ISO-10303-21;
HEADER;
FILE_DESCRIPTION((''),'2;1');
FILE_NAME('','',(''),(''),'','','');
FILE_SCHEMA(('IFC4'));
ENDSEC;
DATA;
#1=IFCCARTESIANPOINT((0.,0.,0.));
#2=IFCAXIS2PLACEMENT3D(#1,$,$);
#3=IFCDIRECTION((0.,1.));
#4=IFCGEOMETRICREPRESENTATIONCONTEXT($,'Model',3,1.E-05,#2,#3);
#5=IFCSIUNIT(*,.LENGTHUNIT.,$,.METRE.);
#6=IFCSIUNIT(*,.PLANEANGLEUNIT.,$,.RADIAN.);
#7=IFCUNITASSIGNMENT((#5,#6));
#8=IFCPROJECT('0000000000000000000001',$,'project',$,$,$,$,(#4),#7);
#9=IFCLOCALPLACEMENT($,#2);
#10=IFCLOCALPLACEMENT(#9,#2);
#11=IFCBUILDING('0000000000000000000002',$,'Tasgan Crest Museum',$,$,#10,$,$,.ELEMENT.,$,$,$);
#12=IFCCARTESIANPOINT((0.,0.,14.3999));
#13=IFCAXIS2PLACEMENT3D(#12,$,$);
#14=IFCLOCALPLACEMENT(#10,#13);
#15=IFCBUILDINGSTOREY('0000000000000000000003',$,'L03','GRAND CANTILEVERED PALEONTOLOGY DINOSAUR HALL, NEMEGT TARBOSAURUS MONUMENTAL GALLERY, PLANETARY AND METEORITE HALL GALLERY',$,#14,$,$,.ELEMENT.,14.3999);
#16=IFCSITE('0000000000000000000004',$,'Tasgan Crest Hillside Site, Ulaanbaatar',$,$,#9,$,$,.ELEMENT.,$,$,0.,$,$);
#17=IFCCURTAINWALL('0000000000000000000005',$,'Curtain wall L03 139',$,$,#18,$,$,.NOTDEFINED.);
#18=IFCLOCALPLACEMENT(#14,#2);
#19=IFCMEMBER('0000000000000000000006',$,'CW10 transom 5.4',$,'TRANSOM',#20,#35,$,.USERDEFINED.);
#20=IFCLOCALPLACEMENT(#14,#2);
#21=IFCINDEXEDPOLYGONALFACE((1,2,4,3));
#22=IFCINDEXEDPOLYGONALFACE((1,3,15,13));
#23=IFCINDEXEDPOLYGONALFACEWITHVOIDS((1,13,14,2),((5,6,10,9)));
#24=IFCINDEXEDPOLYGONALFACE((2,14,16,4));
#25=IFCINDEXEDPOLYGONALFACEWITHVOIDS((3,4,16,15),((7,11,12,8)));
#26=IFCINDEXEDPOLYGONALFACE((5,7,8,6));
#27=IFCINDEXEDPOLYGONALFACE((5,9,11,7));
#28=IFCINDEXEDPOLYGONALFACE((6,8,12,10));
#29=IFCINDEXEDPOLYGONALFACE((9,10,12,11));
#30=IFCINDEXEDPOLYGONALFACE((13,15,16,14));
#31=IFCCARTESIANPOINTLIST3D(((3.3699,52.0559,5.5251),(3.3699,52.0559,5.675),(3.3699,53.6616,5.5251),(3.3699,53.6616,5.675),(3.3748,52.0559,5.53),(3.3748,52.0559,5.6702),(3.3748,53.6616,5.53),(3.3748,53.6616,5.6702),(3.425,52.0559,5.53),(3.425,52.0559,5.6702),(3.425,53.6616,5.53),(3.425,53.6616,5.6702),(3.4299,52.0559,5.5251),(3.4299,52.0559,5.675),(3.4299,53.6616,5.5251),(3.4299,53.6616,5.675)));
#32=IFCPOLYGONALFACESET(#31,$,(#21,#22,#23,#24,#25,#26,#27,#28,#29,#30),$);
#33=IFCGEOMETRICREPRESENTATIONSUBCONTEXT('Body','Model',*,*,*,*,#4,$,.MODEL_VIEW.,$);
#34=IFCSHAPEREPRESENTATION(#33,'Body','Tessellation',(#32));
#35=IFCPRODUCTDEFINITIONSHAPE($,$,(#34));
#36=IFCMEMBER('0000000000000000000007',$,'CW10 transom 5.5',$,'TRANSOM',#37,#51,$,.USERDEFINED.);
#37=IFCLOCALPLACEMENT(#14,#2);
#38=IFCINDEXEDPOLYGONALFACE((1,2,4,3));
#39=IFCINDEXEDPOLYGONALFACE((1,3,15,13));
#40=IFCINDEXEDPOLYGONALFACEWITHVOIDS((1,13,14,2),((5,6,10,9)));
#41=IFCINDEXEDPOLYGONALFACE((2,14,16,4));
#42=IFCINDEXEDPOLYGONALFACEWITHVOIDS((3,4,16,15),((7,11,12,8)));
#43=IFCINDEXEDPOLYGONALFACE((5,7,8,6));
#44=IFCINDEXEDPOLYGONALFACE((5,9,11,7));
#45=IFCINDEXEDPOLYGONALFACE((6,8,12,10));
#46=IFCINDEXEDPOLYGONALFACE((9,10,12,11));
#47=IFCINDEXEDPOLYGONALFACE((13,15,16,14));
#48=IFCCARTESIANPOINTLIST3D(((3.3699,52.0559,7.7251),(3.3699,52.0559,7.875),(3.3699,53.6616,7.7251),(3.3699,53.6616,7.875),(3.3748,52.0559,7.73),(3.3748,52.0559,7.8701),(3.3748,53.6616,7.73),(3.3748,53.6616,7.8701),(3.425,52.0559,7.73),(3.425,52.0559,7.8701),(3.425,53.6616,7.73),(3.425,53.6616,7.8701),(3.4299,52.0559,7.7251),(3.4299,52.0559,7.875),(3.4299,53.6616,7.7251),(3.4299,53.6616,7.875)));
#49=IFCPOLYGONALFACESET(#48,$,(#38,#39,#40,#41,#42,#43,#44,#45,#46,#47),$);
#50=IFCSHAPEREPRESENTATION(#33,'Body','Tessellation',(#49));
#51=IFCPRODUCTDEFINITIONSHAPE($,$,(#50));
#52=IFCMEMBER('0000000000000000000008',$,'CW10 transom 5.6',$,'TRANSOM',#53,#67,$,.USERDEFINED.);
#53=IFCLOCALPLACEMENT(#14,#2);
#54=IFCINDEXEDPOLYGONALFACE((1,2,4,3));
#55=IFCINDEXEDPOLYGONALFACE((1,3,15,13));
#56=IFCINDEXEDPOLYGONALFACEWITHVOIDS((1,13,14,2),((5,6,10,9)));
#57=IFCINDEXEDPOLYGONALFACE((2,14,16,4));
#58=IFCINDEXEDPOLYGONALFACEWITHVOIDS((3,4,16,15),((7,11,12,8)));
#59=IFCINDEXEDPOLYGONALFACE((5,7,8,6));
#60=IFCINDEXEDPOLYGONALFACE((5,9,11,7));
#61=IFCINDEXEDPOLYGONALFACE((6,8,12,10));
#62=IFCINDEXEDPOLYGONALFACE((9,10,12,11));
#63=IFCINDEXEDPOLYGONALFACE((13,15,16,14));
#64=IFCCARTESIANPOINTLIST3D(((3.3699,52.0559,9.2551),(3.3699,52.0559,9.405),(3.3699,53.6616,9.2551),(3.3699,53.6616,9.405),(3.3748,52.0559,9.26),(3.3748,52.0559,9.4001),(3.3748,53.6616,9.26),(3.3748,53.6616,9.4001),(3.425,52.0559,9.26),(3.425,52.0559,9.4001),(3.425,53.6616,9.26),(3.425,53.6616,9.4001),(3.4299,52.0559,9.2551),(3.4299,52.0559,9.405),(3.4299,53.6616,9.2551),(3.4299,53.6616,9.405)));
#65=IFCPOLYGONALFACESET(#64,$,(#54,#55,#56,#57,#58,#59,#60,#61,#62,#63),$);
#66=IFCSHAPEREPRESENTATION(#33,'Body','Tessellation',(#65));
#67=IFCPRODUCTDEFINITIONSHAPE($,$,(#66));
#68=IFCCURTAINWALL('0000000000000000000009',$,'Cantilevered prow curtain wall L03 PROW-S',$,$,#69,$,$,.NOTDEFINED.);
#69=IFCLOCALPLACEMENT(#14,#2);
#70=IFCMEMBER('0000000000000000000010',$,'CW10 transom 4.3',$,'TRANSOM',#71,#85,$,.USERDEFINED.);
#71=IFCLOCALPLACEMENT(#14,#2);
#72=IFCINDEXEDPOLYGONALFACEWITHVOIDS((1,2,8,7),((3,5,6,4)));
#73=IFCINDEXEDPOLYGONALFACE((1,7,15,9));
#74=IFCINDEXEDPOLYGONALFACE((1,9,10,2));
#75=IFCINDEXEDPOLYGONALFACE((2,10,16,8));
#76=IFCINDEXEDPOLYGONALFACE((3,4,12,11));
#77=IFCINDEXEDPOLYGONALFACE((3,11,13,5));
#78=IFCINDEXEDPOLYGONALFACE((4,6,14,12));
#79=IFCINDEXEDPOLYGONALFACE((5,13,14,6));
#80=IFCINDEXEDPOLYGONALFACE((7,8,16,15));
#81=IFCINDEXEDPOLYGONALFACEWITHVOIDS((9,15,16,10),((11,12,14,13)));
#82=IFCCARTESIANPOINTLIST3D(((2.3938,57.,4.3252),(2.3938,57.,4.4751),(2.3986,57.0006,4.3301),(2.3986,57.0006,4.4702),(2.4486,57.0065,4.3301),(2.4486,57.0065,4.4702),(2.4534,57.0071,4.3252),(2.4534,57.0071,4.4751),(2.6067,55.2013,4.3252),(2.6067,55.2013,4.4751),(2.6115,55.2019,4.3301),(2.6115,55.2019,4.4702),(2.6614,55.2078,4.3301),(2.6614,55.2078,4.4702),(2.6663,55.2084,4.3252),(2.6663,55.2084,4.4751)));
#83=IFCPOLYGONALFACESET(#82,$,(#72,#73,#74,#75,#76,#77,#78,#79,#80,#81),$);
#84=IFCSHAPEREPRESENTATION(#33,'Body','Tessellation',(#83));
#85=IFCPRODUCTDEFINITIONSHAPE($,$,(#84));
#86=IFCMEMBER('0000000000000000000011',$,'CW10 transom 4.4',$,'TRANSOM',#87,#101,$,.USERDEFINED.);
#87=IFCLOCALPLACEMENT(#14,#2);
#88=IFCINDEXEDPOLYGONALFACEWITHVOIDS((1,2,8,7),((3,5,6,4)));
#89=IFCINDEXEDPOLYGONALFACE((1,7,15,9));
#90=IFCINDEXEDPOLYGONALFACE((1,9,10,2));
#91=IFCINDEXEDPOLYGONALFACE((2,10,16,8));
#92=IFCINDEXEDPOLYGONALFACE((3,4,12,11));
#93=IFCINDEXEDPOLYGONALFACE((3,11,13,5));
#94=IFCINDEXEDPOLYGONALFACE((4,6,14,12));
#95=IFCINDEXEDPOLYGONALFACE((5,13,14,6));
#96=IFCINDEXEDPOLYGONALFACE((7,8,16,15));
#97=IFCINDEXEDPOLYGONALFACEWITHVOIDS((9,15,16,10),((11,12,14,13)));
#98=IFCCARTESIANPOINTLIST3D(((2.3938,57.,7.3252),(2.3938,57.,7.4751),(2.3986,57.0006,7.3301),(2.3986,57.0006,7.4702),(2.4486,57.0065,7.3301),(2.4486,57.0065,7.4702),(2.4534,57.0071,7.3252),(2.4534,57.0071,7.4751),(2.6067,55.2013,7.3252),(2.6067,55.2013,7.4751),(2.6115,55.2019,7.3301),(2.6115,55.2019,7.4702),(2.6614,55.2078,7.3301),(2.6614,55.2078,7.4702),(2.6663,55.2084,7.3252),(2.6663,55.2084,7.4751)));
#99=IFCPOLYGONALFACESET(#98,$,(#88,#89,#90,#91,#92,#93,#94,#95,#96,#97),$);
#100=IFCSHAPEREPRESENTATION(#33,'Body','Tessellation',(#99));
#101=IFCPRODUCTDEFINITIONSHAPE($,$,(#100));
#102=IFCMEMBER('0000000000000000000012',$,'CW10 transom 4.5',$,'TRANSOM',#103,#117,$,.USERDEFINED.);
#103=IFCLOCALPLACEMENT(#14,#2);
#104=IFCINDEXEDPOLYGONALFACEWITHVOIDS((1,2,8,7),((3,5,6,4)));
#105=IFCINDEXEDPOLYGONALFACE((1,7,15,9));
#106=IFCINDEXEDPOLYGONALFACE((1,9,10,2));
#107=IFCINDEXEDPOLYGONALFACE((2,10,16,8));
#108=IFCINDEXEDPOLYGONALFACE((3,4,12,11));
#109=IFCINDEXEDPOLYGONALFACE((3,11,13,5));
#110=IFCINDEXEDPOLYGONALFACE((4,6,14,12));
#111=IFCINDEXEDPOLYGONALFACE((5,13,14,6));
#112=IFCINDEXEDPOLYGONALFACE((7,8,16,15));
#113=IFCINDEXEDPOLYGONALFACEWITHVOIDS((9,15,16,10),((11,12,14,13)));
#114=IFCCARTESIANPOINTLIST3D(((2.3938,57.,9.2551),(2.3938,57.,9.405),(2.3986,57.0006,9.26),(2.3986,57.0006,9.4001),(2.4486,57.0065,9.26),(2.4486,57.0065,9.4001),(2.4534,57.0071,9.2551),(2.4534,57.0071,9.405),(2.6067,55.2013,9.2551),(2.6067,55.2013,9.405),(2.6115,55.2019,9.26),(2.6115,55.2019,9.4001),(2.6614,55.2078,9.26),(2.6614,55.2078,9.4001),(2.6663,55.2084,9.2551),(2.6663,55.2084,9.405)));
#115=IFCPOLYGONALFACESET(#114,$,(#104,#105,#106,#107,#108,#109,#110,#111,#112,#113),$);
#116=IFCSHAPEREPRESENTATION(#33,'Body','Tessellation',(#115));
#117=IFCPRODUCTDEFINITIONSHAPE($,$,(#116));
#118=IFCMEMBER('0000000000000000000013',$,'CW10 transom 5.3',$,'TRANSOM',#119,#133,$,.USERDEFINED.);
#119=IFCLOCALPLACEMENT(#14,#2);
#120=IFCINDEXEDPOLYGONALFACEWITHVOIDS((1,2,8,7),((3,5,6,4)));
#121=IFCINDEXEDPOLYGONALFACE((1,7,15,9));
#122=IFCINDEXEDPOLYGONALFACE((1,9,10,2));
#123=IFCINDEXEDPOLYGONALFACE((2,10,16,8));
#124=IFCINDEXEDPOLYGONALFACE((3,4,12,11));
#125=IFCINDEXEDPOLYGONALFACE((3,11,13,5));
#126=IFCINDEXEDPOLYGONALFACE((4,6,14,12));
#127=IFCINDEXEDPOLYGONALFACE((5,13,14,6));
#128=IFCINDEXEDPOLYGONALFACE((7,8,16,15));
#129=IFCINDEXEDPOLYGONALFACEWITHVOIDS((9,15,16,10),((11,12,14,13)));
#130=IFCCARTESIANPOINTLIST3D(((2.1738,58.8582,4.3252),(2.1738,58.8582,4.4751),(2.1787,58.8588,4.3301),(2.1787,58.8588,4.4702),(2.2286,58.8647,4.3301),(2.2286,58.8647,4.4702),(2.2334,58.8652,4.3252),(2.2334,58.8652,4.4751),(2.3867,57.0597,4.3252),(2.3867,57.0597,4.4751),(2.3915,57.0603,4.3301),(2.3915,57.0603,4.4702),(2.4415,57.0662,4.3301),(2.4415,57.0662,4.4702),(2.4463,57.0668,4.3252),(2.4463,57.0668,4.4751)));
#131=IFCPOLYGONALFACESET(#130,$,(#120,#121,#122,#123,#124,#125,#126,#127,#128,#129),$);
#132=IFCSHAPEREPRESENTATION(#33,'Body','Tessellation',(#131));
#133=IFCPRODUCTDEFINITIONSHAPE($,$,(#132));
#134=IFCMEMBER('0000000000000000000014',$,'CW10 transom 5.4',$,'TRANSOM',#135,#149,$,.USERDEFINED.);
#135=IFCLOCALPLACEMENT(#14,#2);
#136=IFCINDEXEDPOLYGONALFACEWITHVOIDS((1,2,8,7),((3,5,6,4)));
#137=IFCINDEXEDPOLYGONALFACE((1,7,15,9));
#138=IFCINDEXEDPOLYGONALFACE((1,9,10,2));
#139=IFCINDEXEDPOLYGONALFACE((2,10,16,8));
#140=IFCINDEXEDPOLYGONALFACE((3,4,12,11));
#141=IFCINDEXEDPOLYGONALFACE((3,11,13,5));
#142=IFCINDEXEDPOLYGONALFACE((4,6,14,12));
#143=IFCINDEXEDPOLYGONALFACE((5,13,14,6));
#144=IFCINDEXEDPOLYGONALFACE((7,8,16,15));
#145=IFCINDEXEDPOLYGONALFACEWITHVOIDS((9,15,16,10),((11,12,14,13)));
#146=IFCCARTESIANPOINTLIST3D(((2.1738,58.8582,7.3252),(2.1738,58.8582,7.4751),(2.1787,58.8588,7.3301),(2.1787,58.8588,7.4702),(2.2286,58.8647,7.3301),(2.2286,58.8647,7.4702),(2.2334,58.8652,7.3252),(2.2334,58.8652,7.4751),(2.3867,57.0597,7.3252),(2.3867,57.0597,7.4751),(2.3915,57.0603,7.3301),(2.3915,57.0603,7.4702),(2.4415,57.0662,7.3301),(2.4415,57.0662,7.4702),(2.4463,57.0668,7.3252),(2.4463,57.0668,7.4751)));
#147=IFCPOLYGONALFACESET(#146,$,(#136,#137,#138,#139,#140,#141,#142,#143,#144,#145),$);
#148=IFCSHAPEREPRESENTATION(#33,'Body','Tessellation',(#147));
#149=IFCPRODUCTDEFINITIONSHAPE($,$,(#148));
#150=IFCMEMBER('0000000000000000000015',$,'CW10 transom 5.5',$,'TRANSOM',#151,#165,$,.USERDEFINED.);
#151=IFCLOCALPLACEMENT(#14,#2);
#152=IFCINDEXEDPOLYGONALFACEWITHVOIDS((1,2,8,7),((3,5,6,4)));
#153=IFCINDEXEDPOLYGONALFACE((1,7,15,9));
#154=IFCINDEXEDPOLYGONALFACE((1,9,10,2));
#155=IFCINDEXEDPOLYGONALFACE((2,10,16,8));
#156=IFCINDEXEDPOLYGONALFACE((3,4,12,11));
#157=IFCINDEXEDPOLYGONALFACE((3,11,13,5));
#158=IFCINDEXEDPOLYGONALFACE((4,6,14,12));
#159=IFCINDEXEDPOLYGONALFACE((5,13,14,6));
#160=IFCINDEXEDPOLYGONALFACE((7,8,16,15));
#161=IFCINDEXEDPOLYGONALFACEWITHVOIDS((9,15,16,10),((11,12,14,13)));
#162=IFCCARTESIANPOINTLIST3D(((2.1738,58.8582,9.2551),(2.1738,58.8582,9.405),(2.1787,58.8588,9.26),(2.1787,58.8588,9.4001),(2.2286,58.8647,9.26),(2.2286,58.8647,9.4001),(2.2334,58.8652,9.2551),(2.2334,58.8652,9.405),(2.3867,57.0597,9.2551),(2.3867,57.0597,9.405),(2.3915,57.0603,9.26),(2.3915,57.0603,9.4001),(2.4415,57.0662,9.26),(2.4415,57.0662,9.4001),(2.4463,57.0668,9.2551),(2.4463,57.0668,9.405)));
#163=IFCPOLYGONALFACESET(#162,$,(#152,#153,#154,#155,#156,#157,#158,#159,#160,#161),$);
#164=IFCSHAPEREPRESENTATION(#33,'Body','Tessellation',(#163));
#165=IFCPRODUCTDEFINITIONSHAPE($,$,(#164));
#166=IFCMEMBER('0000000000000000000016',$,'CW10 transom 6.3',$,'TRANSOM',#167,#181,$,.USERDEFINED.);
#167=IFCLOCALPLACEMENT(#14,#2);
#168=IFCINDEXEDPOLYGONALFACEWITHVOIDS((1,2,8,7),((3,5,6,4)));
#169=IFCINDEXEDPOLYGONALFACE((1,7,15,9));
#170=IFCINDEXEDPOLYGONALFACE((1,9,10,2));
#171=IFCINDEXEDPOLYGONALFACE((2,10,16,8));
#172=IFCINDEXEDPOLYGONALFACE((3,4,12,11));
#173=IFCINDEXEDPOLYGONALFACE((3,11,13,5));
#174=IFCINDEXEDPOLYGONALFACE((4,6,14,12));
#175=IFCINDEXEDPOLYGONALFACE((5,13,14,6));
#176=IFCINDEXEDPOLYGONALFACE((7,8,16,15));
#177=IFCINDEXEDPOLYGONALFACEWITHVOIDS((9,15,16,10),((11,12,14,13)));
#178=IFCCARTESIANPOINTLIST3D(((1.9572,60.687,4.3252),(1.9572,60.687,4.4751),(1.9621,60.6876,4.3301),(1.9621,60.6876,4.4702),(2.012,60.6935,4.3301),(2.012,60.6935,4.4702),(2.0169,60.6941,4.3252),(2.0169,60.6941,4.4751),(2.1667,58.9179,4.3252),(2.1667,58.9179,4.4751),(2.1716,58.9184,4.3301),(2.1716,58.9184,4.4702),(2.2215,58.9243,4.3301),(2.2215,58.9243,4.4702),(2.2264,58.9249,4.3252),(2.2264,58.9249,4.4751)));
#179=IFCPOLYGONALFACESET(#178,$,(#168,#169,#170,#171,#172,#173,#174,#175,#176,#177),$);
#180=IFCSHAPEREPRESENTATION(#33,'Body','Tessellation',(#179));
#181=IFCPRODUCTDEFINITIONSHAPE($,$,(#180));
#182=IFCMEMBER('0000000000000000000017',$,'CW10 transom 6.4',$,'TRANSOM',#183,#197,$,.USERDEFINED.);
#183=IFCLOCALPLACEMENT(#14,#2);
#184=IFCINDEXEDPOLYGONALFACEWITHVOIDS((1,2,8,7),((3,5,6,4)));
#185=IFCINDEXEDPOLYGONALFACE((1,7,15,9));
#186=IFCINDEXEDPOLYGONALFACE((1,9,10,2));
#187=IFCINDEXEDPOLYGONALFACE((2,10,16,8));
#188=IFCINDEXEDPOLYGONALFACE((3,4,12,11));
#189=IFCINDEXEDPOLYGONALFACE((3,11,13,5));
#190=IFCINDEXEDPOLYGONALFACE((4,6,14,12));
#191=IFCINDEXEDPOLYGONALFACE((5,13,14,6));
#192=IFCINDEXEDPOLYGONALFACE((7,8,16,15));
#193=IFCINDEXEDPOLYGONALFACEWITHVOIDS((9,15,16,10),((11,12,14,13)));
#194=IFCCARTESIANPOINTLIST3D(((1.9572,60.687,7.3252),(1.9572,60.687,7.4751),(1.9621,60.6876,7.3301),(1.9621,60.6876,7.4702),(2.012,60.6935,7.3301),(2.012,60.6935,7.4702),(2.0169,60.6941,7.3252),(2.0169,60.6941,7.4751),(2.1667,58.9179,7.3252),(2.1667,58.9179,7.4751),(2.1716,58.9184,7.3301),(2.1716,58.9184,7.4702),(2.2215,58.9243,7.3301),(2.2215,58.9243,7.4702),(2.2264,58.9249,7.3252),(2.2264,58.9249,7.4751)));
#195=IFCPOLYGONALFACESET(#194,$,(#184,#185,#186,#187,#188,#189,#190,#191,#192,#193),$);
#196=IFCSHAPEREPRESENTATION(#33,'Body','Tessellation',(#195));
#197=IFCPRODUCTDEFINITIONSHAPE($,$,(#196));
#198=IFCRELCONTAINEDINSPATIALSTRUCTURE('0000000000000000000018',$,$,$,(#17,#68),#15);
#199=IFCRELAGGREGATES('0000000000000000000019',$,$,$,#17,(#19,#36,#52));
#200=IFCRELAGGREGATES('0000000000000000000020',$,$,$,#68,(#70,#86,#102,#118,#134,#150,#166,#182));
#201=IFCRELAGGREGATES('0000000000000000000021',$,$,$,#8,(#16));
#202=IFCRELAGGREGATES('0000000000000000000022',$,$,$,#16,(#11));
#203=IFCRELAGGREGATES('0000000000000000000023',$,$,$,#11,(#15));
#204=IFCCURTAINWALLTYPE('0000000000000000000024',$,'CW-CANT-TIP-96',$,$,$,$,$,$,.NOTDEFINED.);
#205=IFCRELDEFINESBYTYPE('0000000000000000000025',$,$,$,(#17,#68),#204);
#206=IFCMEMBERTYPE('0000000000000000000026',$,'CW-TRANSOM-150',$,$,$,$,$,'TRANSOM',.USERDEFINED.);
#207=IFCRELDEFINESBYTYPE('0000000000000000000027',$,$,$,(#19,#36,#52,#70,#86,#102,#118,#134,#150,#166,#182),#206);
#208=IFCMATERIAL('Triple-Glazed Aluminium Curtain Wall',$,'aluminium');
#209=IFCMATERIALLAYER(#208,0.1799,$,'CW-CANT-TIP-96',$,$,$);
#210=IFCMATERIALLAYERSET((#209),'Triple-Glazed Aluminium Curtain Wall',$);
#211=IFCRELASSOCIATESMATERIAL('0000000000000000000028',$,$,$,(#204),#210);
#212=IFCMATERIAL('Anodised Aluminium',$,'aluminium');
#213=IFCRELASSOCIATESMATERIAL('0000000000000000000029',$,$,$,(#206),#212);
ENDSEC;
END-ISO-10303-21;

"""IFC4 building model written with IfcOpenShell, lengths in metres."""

from ifc_helpers import new_model, si_unit, direction, frame, origin, origin_2d, place, context, subcontext, project, spatial, hollow_rectangle, extrude, material, layer, layer_set, material_profile, profile_set, type_object, element, aggregate, save


model = new_model("IFC4")

# Units and contexts
model_context = context("Model", 3, precision=1e-05, world=origin(), true_north=direction((0.0, 1.0)))
body_context = subcontext(model_context, "Body", "Model", "MODEL_VIEW")
ifc_project = project(units=[si_unit("LENGTHUNIT", "METRE"), si_unit("PLANEANGLEUNIT", "RADIAN")], contexts=[model_context])

# Site, building, storey
site_placement = place(None, origin())
site = spatial("IfcSite", under=ifc_project, at=site_placement, Name="Tasgan Crest Hillside Site, Ulaanbaatar", CompositionType="ELEMENT", RefElevation=0.0)
building_placement = place(site_placement, origin())
building = spatial("IfcBuilding", under=site, at=building_placement, Name="Tasgan Crest Museum", CompositionType="ELEMENT")
storey_placement = place(building_placement, frame((0.0, 0.0, 14.3999)))
storey = spatial("IfcBuildingStorey", under=building, at=storey_placement, Name="L03", Description="GRAND CANTILEVERED PALEONTOLOGY DINOSAUR HALL, NEMEGT TARBOSAURUS MONUMENTAL GALLERY, PLANETARY AND METEORITE HALL GALLERY", CompositionType="ELEMENT", Elevation=14.3999)

# Curtain walls, members
ifc_material_1 = material(Name="Triple-Glazed Aluminium Curtain Wall", Category="aluminium")
ifc_layer_1 = layer(ifc_material_1, 0.1799, Name="CW-CANT-TIP-96")
ifc_layer_set_1 = layer_set([ifc_layer_1], Name="Triple-Glazed Aluminium Curtain Wall")
curtain_wall_type = type_object("IfcCurtainWallType", Name="CW-CANT-TIP-96", PredefinedType="NOTDEFINED", material=ifc_layer_set_1)
curtain_wall_1_placement = place(storey_placement, origin())
curtain_wall_1 = element("IfcCurtainWall", 1, at=curtain_wall_1_placement, inside=storey, type_object=curtain_wall_type, Name="Curtain wall L03 139", PredefinedType="NOTDEFINED")
ifc_material_2 = material(Name="Anodised Aluminium", Category="aluminium")
ifc_material_profile = material_profile(ifc_material_2, hollow_rectangle(XDim=0.0601, YDim=0.1499, WallThickness=0.0049, at=origin_2d()), Name="ALU TRANSOM 150x60x5")
ifc_profile_set = profile_set([ifc_material_profile], Name="Anodised Aluminium")
member_type = type_object("IfcMemberType", Name="CW-TRANSOM-150", ElementType="TRANSOM", PredefinedType="USERDEFINED", material=ifc_profile_set)
member_1_placement = place(storey_placement, frame((3.3999, 53.6616, 5.6001), z_axis=(0.0, -1.0, 0.0), x_axis=(1.0, 0.0, 0.0)))
member_1 = element("IfcMember", 2, at=member_1_placement, type_object=member_type, Name="CW10 transom 5.4", ObjectType="TRANSOM", PredefinedType="USERDEFINED", context=body_context, shape_type="SweptSolid", body=[
    extrude(hollow_rectangle(XDim=0.0601, YDim=0.1499, WallThickness=0.0049, at=origin_2d()), origin(), (0.0, 0.0, 1.0), 1.6057),
])
member_2_placement = place(storey_placement, frame((3.3999, 53.6616, 7.8), z_axis=(0.0, -1.0, 0.0), x_axis=(1.0, 0.0, 0.0)))
member_2 = element("IfcMember", 3, at=member_2_placement, type_object=member_type, Name="CW10 transom 5.5", ObjectType="TRANSOM", PredefinedType="USERDEFINED", context=body_context, shape_type="SweptSolid", body=[
    extrude(hollow_rectangle(XDim=0.0601, YDim=0.1499, WallThickness=0.0049, at=origin_2d()), origin(), (0.0, 0.0, 1.0), 1.6057),
])
member_3_placement = place(storey_placement, frame((3.3999, 53.6616, 9.3301), z_axis=(0.0, -1.0, 0.0), x_axis=(1.0, 0.0, 0.0)))
member_3 = element("IfcMember", 4, at=member_3_placement, type_object=member_type, Name="CW10 transom 5.6", ObjectType="TRANSOM", PredefinedType="USERDEFINED", context=body_context, shape_type="SweptSolid", body=[
    extrude(hollow_rectangle(XDim=0.0601, YDim=0.1499, WallThickness=0.0049, at=origin_2d()), origin(), (0.0, 0.0, 1.0), 1.6057),
])
curtain_wall_2_placement = place(storey_placement, origin())
curtain_wall_2 = element("IfcCurtainWall", 5, at=curtain_wall_2_placement, inside=storey, type_object=curtain_wall_type, Name="Cantilevered prow curtain wall L03 PROW-S", PredefinedType="NOTDEFINED")
member_4_placement = place(storey_placement, frame((2.6365, 55.2048, 4.4001), z_axis=(-0.117529, 0.993069, 0.0), x_axis=(-0.993069, -0.117529, 0.0)))
member_4 = element("IfcMember", 6, at=member_4_placement, type_object=member_type, Name="CW10 transom 4.3", ObjectType="TRANSOM", PredefinedType="USERDEFINED", context=body_context, shape_type="SweptSolid", body=[
    extrude(hollow_rectangle(XDim=0.0601, YDim=0.1499, WallThickness=0.0049, at=origin_2d()), origin(), (0.0, 0.0, 1.0), 1.8113),
])
member_5_placement = place(storey_placement, frame((2.6365, 55.2048, 7.4001), z_axis=(-0.117529, 0.993069, 0.0), x_axis=(-0.993069, -0.117529, 0.0)))
member_5 = element("IfcMember", 7, at=member_5_placement, type_object=member_type, Name="CW10 transom 4.4", ObjectType="TRANSOM", PredefinedType="USERDEFINED", context=body_context, shape_type="SweptSolid", body=[
    extrude(hollow_rectangle(XDim=0.0601, YDim=0.1499, WallThickness=0.0049, at=origin_2d()), origin(), (0.0, 0.0, 1.0), 1.8113),
])
member_6_placement = place(storey_placement, frame((2.6365, 55.2048, 9.3301), z_axis=(-0.117529, 0.993069, 0.0), x_axis=(-0.993069, -0.117529, 0.0)))
member_6 = element("IfcMember", 8, at=member_6_placement, type_object=member_type, Name="CW10 transom 4.5", ObjectType="TRANSOM", PredefinedType="USERDEFINED", context=body_context, shape_type="SweptSolid", body=[
    extrude(hollow_rectangle(XDim=0.0601, YDim=0.1499, WallThickness=0.0049, at=origin_2d()), origin(), (0.0, 0.0, 1.0), 1.8113),
])
member_7_placement = place(storey_placement, frame((2.4165, 57.0632, 4.4001), z_axis=(-0.117545, 0.993068, 0.0), x_axis=(-0.993068, -0.117545, 0.0)))
member_7 = element("IfcMember", 9, at=member_7_placement, type_object=member_type, Name="CW10 transom 5.3", ObjectType="TRANSOM", PredefinedType="USERDEFINED", context=body_context, shape_type="SweptSolid", body=[
    extrude(hollow_rectangle(XDim=0.0601, YDim=0.1499, WallThickness=0.0049, at=origin_2d()), origin(), (0.0, 0.0, 1.0), 1.811),
])
member_8_placement = place(storey_placement, frame((2.4165, 57.0632, 7.4001), z_axis=(-0.117545, 0.993068, 0.0), x_axis=(-0.993068, -0.117545, 0.0)))
member_8 = element("IfcMember", 10, at=member_8_placement, type_object=member_type, Name="CW10 transom 5.4", ObjectType="TRANSOM", PredefinedType="USERDEFINED", context=body_context, shape_type="SweptSolid", body=[
    extrude(hollow_rectangle(XDim=0.0601, YDim=0.1499, WallThickness=0.0049, at=origin_2d()), origin(), (0.0, 0.0, 1.0), 1.811),
])
member_9_placement = place(storey_placement, frame((2.4165, 57.0632, 9.3301), z_axis=(-0.117545, 0.993068, 0.0), x_axis=(-0.993068, -0.117545, 0.0)))
member_9 = element("IfcMember", 11, at=member_9_placement, type_object=member_type, Name="CW10 transom 5.5", ObjectType="TRANSOM", PredefinedType="USERDEFINED", context=body_context, shape_type="SweptSolid", body=[
    extrude(hollow_rectangle(XDim=0.0601, YDim=0.1499, WallThickness=0.0049, at=origin_2d()), origin(), (0.0, 0.0, 1.0), 1.811),
])
member_10_placement = place(storey_placement, frame((2.1965, 58.9214, 4.4001), z_axis=(-0.117589, 0.993062, 0.0), x_axis=(-0.993062, -0.117589, 0.0)))
member_10 = element("IfcMember", 12, at=member_10_placement, type_object=member_type, Name="CW10 transom 6.3", ObjectType="TRANSOM", PredefinedType="USERDEFINED", context=body_context, shape_type="SweptSolid", body=[
    extrude(hollow_rectangle(XDim=0.0601, YDim=0.1499, WallThickness=0.0049, at=origin_2d()), origin(), (0.0, 0.0, 1.0), 1.7815),
])
member_11_placement = place(storey_placement, frame((2.1965, 58.9214, 7.4001), z_axis=(-0.117589, 0.993062, 0.0), x_axis=(-0.993062, -0.117589, 0.0)))
member_11 = element("IfcMember", 13, at=member_11_placement, type_object=member_type, Name="CW10 transom 6.4", ObjectType="TRANSOM", PredefinedType="USERDEFINED", context=body_context, shape_type="SweptSolid", body=[
    extrude(hollow_rectangle(XDim=0.0601, YDim=0.1499, WallThickness=0.0049, at=origin_2d()), origin(), (0.0, 0.0, 1.0), 1.7815),
])

aggregate(curtain_wall_1, [member_1, member_2, member_3])
aggregate(curtain_wall_2, [member_4, member_5, member_6, member_7, member_8, member_9, member_10, member_11])

save(model, "model.ifc")
